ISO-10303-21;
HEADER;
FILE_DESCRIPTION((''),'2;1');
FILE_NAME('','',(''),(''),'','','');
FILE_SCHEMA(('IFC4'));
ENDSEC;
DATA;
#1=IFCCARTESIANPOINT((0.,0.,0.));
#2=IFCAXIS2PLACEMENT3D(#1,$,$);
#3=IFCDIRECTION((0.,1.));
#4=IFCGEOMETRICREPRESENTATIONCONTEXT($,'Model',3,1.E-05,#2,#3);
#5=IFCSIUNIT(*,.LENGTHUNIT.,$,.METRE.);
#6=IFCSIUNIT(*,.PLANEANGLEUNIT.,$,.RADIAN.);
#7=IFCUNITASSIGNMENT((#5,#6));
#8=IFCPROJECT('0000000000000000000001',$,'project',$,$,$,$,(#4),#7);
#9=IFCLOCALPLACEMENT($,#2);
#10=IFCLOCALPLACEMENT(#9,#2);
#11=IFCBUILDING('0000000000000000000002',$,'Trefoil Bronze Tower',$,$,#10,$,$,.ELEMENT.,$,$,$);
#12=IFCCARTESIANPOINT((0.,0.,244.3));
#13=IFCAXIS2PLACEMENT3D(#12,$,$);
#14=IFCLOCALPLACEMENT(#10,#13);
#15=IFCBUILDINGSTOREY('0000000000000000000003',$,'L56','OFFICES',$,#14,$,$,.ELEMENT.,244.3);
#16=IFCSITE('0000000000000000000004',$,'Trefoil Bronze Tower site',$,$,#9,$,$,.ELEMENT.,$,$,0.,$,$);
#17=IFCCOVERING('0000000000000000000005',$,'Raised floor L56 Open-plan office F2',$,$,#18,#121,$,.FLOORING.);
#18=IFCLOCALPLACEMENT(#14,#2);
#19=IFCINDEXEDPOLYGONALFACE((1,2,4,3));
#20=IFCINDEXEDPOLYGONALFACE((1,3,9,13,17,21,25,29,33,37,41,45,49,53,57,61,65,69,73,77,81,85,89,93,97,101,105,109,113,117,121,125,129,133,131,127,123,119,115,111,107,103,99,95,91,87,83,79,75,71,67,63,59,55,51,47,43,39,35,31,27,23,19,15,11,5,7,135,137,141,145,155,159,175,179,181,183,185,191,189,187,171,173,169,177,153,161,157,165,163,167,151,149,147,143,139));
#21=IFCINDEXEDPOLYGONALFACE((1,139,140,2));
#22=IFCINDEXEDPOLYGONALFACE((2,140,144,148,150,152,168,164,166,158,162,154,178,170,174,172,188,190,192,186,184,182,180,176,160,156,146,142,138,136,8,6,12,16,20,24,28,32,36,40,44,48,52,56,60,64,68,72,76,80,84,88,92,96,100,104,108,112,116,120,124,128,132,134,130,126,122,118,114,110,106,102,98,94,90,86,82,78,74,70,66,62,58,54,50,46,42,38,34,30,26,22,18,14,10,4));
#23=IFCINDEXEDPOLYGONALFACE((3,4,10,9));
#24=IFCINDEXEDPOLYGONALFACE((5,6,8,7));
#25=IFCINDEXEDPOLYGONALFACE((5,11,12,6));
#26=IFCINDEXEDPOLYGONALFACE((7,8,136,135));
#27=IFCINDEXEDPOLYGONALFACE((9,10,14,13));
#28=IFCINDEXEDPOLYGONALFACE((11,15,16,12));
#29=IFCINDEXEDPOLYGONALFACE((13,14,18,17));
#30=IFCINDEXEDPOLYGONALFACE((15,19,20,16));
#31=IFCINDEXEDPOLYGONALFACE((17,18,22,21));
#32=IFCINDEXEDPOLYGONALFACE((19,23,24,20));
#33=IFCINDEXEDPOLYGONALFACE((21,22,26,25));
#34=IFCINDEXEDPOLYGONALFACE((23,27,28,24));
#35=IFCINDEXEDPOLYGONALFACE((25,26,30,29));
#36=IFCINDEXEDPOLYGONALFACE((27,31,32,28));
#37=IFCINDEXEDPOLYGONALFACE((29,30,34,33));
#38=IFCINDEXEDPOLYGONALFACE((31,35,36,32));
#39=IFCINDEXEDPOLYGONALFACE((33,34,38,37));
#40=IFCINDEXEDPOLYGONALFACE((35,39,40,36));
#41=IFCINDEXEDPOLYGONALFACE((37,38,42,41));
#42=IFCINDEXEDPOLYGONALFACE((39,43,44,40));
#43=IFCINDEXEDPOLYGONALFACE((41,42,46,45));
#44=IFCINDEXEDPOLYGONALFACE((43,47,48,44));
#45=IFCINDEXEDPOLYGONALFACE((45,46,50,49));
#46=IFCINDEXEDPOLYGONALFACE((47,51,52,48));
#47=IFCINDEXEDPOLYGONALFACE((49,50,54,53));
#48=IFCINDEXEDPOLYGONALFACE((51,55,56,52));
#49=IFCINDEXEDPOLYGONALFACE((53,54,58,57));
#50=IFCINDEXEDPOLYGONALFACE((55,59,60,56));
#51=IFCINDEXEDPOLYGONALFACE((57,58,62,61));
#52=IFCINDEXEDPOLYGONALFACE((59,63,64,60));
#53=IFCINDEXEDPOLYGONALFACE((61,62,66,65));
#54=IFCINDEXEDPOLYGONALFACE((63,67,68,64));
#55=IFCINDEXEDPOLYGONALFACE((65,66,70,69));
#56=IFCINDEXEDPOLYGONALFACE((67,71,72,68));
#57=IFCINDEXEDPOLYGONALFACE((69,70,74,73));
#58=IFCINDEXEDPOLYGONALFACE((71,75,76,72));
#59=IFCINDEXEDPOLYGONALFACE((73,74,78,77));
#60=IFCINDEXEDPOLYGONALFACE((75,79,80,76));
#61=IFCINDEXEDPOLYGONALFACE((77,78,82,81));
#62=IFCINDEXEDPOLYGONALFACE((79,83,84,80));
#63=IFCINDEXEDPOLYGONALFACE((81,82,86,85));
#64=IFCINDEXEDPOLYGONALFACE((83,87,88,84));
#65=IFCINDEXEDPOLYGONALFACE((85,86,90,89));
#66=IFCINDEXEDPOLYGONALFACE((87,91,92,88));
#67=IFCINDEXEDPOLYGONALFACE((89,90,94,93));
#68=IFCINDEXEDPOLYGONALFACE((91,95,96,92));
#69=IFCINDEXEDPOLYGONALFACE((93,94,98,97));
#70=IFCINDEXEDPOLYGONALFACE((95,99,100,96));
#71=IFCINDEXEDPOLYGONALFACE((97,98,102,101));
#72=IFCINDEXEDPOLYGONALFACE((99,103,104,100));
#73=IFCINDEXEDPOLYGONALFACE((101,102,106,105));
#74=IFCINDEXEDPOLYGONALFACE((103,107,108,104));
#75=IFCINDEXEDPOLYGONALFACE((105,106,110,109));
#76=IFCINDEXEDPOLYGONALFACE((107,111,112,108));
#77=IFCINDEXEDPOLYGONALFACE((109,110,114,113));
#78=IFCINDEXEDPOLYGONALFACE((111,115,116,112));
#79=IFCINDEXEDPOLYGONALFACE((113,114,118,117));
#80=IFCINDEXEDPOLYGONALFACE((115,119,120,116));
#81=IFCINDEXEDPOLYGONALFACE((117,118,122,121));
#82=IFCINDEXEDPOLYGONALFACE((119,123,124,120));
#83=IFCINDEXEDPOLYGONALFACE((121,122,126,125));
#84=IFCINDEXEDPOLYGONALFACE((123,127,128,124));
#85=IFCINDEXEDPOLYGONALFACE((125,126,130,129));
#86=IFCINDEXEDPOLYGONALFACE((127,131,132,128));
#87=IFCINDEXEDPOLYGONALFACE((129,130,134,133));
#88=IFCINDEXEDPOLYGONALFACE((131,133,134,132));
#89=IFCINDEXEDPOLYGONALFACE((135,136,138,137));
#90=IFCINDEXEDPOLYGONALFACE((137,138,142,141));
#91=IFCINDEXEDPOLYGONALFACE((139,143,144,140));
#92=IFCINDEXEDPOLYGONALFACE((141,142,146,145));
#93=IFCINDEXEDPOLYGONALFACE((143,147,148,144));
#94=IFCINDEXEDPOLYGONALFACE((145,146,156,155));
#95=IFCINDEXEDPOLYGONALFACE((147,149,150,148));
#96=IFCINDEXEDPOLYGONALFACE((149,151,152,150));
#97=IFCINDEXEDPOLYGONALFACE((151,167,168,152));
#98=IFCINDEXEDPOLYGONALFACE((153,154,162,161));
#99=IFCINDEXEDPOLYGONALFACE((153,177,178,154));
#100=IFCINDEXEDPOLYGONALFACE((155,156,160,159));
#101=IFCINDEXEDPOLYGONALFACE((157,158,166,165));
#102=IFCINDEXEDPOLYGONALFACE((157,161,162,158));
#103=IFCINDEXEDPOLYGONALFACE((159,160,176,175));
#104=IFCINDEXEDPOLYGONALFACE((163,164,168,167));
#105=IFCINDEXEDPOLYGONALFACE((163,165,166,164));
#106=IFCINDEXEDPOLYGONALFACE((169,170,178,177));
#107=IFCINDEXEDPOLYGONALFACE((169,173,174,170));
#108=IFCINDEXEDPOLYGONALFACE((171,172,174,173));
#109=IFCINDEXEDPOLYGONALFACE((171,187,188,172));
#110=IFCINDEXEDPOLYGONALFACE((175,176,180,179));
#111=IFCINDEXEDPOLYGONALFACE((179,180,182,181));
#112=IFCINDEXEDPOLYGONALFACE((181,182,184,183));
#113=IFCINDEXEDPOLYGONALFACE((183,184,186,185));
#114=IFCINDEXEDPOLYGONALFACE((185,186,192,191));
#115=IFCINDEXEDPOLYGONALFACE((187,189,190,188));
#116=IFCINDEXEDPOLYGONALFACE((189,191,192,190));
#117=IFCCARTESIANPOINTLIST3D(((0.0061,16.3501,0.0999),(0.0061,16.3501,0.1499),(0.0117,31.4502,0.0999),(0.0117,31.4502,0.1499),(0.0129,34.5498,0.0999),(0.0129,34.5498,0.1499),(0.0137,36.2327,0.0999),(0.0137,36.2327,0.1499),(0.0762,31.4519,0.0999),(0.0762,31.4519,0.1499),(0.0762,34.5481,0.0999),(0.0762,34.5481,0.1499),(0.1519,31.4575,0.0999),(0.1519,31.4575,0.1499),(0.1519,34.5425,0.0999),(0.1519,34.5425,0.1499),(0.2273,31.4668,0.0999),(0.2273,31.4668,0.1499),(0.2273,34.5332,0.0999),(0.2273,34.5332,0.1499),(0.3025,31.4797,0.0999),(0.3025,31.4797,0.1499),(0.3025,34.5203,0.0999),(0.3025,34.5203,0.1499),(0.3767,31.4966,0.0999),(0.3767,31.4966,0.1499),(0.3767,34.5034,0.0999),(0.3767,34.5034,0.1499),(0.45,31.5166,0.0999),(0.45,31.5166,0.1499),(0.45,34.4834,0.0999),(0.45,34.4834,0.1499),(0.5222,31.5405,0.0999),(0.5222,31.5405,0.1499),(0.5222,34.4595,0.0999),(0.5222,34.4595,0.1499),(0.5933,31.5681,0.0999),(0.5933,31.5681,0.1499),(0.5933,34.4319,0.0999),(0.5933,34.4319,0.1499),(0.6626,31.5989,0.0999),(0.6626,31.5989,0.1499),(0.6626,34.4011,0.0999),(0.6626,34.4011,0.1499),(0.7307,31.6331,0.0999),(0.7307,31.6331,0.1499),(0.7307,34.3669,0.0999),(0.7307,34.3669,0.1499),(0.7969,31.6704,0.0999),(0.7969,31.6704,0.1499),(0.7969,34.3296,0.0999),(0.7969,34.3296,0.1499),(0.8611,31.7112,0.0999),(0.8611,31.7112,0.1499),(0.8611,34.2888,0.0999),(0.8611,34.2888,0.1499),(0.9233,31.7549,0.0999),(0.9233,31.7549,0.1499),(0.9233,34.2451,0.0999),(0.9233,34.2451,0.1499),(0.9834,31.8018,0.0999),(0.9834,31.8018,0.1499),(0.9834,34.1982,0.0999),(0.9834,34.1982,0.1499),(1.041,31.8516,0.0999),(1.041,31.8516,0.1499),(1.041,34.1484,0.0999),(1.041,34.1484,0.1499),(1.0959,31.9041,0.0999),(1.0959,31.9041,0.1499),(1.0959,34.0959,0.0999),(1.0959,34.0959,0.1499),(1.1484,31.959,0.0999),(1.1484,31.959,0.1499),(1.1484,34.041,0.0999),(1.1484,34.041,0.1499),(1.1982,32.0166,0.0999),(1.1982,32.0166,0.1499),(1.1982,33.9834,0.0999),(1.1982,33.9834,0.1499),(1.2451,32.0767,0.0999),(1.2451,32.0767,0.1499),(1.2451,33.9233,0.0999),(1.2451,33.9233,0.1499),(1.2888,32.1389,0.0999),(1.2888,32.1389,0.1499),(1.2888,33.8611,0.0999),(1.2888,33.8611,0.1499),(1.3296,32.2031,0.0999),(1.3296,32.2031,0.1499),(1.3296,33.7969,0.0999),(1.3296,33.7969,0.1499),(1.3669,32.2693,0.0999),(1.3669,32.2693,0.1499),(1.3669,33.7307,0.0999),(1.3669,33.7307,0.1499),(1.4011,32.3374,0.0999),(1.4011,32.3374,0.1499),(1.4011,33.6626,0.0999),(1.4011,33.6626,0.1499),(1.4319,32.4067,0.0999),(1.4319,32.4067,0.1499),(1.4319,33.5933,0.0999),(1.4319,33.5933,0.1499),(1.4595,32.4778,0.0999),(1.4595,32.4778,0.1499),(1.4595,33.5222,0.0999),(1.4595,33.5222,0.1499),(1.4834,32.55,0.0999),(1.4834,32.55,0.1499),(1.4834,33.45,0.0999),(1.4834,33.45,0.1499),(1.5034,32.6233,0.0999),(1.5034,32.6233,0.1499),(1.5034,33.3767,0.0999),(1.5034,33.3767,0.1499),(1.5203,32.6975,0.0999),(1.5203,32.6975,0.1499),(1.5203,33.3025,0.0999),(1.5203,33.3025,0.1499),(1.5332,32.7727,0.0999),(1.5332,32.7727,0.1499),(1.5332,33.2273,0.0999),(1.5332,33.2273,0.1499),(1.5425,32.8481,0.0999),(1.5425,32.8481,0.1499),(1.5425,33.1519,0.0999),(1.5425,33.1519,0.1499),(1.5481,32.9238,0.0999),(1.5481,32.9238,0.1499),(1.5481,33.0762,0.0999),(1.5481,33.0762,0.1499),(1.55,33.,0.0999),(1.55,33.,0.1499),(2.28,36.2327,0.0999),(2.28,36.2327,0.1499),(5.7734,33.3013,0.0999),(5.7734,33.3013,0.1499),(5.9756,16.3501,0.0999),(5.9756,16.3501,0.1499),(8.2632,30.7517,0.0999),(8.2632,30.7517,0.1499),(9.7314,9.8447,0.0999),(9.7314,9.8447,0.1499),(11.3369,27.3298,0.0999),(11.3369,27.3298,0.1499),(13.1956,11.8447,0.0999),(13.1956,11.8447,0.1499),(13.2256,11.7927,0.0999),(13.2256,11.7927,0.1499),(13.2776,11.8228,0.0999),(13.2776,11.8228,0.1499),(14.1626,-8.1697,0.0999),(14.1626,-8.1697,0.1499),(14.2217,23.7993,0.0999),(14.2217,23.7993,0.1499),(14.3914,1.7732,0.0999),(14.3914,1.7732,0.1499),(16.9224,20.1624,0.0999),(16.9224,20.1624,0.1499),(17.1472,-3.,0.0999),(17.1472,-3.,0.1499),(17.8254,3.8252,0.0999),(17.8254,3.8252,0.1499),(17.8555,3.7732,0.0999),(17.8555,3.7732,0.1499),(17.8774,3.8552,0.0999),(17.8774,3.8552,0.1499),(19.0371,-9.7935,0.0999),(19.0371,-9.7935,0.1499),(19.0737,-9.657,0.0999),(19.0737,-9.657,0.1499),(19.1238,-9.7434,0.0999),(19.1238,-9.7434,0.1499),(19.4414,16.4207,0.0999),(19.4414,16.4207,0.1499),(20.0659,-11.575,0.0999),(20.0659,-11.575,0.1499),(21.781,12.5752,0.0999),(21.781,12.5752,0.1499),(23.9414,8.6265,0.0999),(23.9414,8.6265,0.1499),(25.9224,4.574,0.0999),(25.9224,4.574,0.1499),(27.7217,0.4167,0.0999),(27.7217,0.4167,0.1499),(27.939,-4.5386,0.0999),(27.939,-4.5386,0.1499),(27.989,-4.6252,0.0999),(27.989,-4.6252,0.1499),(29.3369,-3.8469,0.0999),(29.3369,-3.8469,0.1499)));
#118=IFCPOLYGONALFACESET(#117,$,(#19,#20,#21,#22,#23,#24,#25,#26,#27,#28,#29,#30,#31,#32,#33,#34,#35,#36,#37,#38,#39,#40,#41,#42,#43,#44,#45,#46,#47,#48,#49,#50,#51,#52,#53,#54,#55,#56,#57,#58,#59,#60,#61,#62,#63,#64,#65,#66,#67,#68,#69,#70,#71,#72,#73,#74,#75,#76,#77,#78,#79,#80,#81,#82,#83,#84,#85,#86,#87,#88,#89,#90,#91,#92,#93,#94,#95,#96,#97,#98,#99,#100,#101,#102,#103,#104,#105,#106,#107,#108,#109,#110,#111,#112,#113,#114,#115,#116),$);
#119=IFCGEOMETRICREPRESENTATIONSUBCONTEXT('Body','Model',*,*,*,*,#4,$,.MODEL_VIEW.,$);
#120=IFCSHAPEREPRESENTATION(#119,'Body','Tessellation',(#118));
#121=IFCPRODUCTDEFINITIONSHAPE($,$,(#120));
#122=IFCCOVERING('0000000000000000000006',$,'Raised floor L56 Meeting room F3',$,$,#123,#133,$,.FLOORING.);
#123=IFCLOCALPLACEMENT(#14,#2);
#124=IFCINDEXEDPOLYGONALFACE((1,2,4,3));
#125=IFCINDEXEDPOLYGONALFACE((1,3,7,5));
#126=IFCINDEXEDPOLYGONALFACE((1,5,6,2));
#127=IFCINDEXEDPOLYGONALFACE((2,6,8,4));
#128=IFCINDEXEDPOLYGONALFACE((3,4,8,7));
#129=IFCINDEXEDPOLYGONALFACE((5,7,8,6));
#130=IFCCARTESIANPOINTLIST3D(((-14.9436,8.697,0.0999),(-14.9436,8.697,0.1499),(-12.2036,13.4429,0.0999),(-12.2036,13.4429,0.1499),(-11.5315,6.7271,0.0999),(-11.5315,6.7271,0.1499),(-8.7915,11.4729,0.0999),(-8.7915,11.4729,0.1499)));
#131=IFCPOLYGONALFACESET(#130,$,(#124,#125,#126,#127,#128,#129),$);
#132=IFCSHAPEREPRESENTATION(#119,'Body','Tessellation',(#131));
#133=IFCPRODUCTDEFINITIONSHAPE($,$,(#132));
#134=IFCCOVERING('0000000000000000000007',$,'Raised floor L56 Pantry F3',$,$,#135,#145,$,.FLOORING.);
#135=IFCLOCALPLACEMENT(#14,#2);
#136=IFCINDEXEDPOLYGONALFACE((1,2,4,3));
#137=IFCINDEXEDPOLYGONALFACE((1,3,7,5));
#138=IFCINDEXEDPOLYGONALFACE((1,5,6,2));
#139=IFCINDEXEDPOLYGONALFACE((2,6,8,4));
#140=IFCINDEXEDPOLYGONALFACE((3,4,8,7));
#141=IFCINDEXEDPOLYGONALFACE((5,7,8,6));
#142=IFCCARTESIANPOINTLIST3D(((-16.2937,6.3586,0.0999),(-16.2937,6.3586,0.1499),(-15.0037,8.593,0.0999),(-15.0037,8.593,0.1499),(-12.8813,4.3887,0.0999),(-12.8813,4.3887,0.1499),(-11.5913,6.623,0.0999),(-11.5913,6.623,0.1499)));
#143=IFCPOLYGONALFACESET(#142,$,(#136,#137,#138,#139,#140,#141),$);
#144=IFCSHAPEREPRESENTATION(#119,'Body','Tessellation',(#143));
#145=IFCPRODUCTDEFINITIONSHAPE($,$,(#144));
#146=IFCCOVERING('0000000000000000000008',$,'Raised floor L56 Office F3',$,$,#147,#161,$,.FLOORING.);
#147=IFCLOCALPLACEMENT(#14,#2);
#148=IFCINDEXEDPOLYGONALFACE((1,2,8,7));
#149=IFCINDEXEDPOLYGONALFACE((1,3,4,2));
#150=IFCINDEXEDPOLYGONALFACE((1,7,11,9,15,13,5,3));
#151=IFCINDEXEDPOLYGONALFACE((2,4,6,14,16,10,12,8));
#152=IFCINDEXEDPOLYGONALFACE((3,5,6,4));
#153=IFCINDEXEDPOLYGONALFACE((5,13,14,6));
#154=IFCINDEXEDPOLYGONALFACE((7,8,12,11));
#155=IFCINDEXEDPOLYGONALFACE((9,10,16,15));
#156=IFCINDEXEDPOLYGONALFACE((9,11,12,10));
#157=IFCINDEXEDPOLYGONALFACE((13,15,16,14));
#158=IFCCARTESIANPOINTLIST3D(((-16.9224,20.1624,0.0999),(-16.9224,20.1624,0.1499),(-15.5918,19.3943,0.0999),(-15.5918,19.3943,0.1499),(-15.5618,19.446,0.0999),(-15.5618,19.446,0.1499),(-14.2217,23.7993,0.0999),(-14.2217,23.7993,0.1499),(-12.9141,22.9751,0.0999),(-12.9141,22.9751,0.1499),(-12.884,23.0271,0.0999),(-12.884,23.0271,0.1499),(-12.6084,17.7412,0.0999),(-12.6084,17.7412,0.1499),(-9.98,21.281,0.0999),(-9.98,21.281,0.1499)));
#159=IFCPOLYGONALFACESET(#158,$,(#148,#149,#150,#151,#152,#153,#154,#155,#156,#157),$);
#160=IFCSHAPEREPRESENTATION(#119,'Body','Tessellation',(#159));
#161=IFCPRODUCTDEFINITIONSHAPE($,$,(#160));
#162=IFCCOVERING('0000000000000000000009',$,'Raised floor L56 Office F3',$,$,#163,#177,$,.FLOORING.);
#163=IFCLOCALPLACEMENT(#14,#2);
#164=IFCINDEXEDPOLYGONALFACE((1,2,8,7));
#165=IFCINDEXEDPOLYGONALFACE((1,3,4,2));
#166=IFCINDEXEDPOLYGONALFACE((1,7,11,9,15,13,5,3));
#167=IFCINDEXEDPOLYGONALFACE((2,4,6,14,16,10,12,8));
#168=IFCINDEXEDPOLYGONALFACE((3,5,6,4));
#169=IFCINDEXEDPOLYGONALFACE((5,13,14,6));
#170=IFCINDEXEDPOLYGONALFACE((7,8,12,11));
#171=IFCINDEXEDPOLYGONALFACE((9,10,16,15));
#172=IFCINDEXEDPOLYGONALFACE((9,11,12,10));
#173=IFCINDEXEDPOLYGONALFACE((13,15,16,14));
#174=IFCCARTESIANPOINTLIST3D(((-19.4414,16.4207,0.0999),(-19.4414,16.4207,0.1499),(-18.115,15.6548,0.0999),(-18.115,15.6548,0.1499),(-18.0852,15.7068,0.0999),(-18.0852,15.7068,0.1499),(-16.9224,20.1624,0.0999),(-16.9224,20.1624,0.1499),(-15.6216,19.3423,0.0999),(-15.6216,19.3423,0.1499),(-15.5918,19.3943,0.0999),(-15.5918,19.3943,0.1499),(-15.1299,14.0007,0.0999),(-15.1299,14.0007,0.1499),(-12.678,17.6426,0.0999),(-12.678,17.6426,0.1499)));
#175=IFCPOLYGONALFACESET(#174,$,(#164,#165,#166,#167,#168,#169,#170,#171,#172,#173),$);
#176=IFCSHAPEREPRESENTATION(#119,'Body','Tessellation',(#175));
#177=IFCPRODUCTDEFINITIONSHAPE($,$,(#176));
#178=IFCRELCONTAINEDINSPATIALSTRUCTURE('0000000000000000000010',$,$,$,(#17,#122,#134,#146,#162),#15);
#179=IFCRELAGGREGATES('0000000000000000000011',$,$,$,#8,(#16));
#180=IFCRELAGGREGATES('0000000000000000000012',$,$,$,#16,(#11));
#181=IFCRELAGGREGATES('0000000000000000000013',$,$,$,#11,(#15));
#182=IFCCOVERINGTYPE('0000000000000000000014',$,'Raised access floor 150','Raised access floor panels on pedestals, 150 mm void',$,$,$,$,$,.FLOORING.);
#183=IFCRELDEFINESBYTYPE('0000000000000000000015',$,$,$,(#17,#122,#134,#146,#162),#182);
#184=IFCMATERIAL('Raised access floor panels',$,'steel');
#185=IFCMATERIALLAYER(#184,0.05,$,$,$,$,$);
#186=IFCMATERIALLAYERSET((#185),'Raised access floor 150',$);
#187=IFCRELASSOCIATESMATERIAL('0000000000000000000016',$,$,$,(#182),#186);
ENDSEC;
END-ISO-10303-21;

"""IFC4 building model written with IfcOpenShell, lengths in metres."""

from ifc_helpers import new_model, si_unit, direction, frame, origin, place, context, subcontext, project, spatial, polyline, outline, extrude, material, layer, layer_set, type_object, element, save


model = new_model("IFC4")

# Units and contexts
model_context = context("Model", 3, precision=1e-05, world=origin(), true_north=direction((0.0, 1.0)))
body_context = subcontext(model_context, "Body", "Model", "MODEL_VIEW")
ifc_project = project(units=[si_unit("LENGTHUNIT", "METRE"), si_unit("PLANEANGLEUNIT", "RADIAN")], contexts=[model_context])

# Site, building, storey
site_placement = place(None, origin())
site = spatial("IfcSite", under=ifc_project, at=site_placement, Name="Trefoil Bronze Tower site", CompositionType="ELEMENT", RefElevation=0.0)
building_placement = place(site_placement, origin())
building = spatial("IfcBuilding", under=site, at=building_placement, Name="Trefoil Bronze Tower", CompositionType="ELEMENT")
storey_placement = place(building_placement, frame((0.0, 0.0, 244.3)))
storey = spatial("IfcBuildingStorey", under=building, at=storey_placement, Name="L56", Description="OFFICES", CompositionType="ELEMENT", Elevation=244.3)

# Coverings
ifc_material_1 = material(Name="Raised access floor panels", Category="steel")
ifc_layer_1 = layer(ifc_material_1, 0.05)
ifc_layer_set_1 = layer_set([ifc_layer_1], Name="Raised access floor 150")
covering_type_1 = type_object("IfcCoveringType", Name="Raised access floor 150", Description="Raised access floor panels on pedestals, 150 mm void", PredefinedType="FLOORING", material=ifc_layer_set_1)
covering_1_placement = place(storey_placement, frame((0.0, 0.0, 0.0999)))
element("IfcCovering", 1, at=covering_1_placement, inside=storey, type_object=covering_type_1, Name="Raised floor L56 Open-plan office F2", PredefinedType="FLOORING", context=body_context, shape_type="SweptSolid", body=[
    extrude(outline(polyline([(27.7217, 0.4167), (29.3369, -3.8469), (27.989, -4.6252), (27.939, -4.5386), (19.0737, -9.657), (19.1238, -9.7434), (19.0371, -9.7935), (20.0659, -11.575), (14.1626, -8.1697), (17.1472, -3.0), (14.3914, 1.7732), (17.8555, 3.7732), (17.8254, 3.8252), (17.8774, 3.8552), (13.2776, 11.8228), (13.2256, 11.7927), (13.1956, 11.8447), (9.7314, 9.8447), (5.9756, 16.3501), (0.0061, 16.3501), (0.0117, 31.4502), (0.0762, 31.4519), (0.1519, 31.4575), (0.2273, 31.4668), (0.3025, 31.4797), (0.3767, 31.4966), (0.45, 31.5166), (0.5222, 31.5405), (0.5933, 31.5681), (0.6626, 31.5989), (0.7307, 31.6331), (0.7969, 31.6704), (0.8611, 31.7112), (0.9233, 31.7549), (0.9834, 31.8018), (1.041, 31.8516), (1.0959, 31.9041), (1.1484, 31.959), (1.1982, 32.0166), (1.2451, 32.0767), (1.2888, 32.1389), (1.3296, 32.2031), (1.3669, 32.2693), (1.4011, 32.3374), (1.4319, 32.4067), (1.4595, 32.4778), (1.4834, 32.55), (1.5034, 32.6233), (1.5203, 32.6975), (1.5332, 32.7727), (1.5425, 32.8481), (1.5481, 32.9238), (1.55, 33.0), (1.5481, 33.0762), (1.5425, 33.1519), (1.5332, 33.2273), (1.5203, 33.3025), (1.5034, 33.3767), (1.4834, 33.45), (1.4595, 33.5222), (1.4319, 33.5933), (1.4011, 33.6626), (1.3669, 33.7307), (1.3296, 33.7969), (1.2888, 33.8611), (1.2451, 33.9233), (1.1982, 33.9834), (1.1484, 34.041), (1.0959, 34.0959), (1.041, 34.1484), (0.9834, 34.1982), (0.9233, 34.2451), (0.8611, 34.2888), (0.7969, 34.3296), (0.7307, 34.3669), (0.6626, 34.4011), (0.5933, 34.4319), (0.5222, 34.4595), (0.45, 34.4834), (0.3767, 34.5034), (0.3025, 34.5203), (0.2273, 34.5332), (0.1519, 34.5425), (0.0762, 34.5481), (0.0129, 34.5498), (0.0137, 36.2327), (2.28, 36.2327), (5.7734, 33.3013), (8.2632, 30.7517), (11.3369, 27.3298), (14.2217, 23.7993), (16.9224, 20.1624), (19.4414, 16.4207), (21.781, 12.5752), (23.9414, 8.6265), (25.9224, 4.574), (27.7217, 0.4167)])), origin(), (0.0, 0.0, 1.0), 0.05),
])
covering_2_placement = place(storey_placement, frame((0.0, 0.0, 0.0999)))
element("IfcCovering", 2, at=covering_2_placement, inside=storey, type_object=covering_type_1, Name="Raised floor L56 Meeting room F3", PredefinedType="FLOORING", context=body_context, shape_type="SweptSolid", body=[
    extrude(outline(polyline([(-11.5315, 6.7271), (-14.9436, 8.697), (-12.2036, 13.4429), (-8.7915, 11.4729), (-11.5315, 6.7271)])), origin(), (0.0, 0.0, 1.0), 0.05),
])
covering_3_placement = place(storey_placement, frame((0.0, 0.0, 0.0999)))
element("IfcCovering", 3, at=covering_3_placement, inside=storey, type_object=covering_type_1, Name="Raised floor L56 Pantry F3", PredefinedType="FLOORING", context=body_context, shape_type="SweptSolid", body=[
    extrude(outline(polyline([(-12.8813, 4.3887), (-16.2937, 6.3586), (-15.0037, 8.593), (-11.5913, 6.623), (-12.8813, 4.3887)])), origin(), (0.0, 0.0, 1.0), 0.05),
])
covering_4_placement = place(storey_placement, frame((0.0, 0.0, 0.0999)))
element("IfcCovering", 4, at=covering_4_placement, inside=storey, type_object=covering_type_1, Name="Raised floor L56 Office F3", PredefinedType="FLOORING", context=body_context, shape_type="SweptSolid", body=[
    extrude(outline(polyline([(-14.2217, 23.7993), (-12.884, 23.0271), (-12.9141, 22.9751), (-9.98, 21.281), (-12.6084, 17.7412), (-15.5618, 19.446), (-15.5918, 19.3943), (-16.9224, 20.1624), (-14.2217, 23.7993)])), origin(), (0.0, 0.0, 1.0), 0.05),
])
covering_5_placement = place(storey_placement, frame((0.0, 0.0, 0.0999)))
element("IfcCovering", 5, at=covering_5_placement, inside=storey, type_object=covering_type_1, Name="Raised floor L56 Office F3", PredefinedType="FLOORING", context=body_context, shape_type="SweptSolid", body=[
    extrude(outline(polyline([(-16.9224, 20.1624), (-15.5918, 19.3943), (-15.6216, 19.3423), (-12.678, 17.6426), (-15.1299, 14.0007), (-18.0852, 15.7068), (-18.115, 15.6548), (-19.4414, 16.4207), (-16.9224, 20.1624)])), origin(), (0.0, 0.0, 1.0), 0.05),
])

save(model, "model.ifc")
